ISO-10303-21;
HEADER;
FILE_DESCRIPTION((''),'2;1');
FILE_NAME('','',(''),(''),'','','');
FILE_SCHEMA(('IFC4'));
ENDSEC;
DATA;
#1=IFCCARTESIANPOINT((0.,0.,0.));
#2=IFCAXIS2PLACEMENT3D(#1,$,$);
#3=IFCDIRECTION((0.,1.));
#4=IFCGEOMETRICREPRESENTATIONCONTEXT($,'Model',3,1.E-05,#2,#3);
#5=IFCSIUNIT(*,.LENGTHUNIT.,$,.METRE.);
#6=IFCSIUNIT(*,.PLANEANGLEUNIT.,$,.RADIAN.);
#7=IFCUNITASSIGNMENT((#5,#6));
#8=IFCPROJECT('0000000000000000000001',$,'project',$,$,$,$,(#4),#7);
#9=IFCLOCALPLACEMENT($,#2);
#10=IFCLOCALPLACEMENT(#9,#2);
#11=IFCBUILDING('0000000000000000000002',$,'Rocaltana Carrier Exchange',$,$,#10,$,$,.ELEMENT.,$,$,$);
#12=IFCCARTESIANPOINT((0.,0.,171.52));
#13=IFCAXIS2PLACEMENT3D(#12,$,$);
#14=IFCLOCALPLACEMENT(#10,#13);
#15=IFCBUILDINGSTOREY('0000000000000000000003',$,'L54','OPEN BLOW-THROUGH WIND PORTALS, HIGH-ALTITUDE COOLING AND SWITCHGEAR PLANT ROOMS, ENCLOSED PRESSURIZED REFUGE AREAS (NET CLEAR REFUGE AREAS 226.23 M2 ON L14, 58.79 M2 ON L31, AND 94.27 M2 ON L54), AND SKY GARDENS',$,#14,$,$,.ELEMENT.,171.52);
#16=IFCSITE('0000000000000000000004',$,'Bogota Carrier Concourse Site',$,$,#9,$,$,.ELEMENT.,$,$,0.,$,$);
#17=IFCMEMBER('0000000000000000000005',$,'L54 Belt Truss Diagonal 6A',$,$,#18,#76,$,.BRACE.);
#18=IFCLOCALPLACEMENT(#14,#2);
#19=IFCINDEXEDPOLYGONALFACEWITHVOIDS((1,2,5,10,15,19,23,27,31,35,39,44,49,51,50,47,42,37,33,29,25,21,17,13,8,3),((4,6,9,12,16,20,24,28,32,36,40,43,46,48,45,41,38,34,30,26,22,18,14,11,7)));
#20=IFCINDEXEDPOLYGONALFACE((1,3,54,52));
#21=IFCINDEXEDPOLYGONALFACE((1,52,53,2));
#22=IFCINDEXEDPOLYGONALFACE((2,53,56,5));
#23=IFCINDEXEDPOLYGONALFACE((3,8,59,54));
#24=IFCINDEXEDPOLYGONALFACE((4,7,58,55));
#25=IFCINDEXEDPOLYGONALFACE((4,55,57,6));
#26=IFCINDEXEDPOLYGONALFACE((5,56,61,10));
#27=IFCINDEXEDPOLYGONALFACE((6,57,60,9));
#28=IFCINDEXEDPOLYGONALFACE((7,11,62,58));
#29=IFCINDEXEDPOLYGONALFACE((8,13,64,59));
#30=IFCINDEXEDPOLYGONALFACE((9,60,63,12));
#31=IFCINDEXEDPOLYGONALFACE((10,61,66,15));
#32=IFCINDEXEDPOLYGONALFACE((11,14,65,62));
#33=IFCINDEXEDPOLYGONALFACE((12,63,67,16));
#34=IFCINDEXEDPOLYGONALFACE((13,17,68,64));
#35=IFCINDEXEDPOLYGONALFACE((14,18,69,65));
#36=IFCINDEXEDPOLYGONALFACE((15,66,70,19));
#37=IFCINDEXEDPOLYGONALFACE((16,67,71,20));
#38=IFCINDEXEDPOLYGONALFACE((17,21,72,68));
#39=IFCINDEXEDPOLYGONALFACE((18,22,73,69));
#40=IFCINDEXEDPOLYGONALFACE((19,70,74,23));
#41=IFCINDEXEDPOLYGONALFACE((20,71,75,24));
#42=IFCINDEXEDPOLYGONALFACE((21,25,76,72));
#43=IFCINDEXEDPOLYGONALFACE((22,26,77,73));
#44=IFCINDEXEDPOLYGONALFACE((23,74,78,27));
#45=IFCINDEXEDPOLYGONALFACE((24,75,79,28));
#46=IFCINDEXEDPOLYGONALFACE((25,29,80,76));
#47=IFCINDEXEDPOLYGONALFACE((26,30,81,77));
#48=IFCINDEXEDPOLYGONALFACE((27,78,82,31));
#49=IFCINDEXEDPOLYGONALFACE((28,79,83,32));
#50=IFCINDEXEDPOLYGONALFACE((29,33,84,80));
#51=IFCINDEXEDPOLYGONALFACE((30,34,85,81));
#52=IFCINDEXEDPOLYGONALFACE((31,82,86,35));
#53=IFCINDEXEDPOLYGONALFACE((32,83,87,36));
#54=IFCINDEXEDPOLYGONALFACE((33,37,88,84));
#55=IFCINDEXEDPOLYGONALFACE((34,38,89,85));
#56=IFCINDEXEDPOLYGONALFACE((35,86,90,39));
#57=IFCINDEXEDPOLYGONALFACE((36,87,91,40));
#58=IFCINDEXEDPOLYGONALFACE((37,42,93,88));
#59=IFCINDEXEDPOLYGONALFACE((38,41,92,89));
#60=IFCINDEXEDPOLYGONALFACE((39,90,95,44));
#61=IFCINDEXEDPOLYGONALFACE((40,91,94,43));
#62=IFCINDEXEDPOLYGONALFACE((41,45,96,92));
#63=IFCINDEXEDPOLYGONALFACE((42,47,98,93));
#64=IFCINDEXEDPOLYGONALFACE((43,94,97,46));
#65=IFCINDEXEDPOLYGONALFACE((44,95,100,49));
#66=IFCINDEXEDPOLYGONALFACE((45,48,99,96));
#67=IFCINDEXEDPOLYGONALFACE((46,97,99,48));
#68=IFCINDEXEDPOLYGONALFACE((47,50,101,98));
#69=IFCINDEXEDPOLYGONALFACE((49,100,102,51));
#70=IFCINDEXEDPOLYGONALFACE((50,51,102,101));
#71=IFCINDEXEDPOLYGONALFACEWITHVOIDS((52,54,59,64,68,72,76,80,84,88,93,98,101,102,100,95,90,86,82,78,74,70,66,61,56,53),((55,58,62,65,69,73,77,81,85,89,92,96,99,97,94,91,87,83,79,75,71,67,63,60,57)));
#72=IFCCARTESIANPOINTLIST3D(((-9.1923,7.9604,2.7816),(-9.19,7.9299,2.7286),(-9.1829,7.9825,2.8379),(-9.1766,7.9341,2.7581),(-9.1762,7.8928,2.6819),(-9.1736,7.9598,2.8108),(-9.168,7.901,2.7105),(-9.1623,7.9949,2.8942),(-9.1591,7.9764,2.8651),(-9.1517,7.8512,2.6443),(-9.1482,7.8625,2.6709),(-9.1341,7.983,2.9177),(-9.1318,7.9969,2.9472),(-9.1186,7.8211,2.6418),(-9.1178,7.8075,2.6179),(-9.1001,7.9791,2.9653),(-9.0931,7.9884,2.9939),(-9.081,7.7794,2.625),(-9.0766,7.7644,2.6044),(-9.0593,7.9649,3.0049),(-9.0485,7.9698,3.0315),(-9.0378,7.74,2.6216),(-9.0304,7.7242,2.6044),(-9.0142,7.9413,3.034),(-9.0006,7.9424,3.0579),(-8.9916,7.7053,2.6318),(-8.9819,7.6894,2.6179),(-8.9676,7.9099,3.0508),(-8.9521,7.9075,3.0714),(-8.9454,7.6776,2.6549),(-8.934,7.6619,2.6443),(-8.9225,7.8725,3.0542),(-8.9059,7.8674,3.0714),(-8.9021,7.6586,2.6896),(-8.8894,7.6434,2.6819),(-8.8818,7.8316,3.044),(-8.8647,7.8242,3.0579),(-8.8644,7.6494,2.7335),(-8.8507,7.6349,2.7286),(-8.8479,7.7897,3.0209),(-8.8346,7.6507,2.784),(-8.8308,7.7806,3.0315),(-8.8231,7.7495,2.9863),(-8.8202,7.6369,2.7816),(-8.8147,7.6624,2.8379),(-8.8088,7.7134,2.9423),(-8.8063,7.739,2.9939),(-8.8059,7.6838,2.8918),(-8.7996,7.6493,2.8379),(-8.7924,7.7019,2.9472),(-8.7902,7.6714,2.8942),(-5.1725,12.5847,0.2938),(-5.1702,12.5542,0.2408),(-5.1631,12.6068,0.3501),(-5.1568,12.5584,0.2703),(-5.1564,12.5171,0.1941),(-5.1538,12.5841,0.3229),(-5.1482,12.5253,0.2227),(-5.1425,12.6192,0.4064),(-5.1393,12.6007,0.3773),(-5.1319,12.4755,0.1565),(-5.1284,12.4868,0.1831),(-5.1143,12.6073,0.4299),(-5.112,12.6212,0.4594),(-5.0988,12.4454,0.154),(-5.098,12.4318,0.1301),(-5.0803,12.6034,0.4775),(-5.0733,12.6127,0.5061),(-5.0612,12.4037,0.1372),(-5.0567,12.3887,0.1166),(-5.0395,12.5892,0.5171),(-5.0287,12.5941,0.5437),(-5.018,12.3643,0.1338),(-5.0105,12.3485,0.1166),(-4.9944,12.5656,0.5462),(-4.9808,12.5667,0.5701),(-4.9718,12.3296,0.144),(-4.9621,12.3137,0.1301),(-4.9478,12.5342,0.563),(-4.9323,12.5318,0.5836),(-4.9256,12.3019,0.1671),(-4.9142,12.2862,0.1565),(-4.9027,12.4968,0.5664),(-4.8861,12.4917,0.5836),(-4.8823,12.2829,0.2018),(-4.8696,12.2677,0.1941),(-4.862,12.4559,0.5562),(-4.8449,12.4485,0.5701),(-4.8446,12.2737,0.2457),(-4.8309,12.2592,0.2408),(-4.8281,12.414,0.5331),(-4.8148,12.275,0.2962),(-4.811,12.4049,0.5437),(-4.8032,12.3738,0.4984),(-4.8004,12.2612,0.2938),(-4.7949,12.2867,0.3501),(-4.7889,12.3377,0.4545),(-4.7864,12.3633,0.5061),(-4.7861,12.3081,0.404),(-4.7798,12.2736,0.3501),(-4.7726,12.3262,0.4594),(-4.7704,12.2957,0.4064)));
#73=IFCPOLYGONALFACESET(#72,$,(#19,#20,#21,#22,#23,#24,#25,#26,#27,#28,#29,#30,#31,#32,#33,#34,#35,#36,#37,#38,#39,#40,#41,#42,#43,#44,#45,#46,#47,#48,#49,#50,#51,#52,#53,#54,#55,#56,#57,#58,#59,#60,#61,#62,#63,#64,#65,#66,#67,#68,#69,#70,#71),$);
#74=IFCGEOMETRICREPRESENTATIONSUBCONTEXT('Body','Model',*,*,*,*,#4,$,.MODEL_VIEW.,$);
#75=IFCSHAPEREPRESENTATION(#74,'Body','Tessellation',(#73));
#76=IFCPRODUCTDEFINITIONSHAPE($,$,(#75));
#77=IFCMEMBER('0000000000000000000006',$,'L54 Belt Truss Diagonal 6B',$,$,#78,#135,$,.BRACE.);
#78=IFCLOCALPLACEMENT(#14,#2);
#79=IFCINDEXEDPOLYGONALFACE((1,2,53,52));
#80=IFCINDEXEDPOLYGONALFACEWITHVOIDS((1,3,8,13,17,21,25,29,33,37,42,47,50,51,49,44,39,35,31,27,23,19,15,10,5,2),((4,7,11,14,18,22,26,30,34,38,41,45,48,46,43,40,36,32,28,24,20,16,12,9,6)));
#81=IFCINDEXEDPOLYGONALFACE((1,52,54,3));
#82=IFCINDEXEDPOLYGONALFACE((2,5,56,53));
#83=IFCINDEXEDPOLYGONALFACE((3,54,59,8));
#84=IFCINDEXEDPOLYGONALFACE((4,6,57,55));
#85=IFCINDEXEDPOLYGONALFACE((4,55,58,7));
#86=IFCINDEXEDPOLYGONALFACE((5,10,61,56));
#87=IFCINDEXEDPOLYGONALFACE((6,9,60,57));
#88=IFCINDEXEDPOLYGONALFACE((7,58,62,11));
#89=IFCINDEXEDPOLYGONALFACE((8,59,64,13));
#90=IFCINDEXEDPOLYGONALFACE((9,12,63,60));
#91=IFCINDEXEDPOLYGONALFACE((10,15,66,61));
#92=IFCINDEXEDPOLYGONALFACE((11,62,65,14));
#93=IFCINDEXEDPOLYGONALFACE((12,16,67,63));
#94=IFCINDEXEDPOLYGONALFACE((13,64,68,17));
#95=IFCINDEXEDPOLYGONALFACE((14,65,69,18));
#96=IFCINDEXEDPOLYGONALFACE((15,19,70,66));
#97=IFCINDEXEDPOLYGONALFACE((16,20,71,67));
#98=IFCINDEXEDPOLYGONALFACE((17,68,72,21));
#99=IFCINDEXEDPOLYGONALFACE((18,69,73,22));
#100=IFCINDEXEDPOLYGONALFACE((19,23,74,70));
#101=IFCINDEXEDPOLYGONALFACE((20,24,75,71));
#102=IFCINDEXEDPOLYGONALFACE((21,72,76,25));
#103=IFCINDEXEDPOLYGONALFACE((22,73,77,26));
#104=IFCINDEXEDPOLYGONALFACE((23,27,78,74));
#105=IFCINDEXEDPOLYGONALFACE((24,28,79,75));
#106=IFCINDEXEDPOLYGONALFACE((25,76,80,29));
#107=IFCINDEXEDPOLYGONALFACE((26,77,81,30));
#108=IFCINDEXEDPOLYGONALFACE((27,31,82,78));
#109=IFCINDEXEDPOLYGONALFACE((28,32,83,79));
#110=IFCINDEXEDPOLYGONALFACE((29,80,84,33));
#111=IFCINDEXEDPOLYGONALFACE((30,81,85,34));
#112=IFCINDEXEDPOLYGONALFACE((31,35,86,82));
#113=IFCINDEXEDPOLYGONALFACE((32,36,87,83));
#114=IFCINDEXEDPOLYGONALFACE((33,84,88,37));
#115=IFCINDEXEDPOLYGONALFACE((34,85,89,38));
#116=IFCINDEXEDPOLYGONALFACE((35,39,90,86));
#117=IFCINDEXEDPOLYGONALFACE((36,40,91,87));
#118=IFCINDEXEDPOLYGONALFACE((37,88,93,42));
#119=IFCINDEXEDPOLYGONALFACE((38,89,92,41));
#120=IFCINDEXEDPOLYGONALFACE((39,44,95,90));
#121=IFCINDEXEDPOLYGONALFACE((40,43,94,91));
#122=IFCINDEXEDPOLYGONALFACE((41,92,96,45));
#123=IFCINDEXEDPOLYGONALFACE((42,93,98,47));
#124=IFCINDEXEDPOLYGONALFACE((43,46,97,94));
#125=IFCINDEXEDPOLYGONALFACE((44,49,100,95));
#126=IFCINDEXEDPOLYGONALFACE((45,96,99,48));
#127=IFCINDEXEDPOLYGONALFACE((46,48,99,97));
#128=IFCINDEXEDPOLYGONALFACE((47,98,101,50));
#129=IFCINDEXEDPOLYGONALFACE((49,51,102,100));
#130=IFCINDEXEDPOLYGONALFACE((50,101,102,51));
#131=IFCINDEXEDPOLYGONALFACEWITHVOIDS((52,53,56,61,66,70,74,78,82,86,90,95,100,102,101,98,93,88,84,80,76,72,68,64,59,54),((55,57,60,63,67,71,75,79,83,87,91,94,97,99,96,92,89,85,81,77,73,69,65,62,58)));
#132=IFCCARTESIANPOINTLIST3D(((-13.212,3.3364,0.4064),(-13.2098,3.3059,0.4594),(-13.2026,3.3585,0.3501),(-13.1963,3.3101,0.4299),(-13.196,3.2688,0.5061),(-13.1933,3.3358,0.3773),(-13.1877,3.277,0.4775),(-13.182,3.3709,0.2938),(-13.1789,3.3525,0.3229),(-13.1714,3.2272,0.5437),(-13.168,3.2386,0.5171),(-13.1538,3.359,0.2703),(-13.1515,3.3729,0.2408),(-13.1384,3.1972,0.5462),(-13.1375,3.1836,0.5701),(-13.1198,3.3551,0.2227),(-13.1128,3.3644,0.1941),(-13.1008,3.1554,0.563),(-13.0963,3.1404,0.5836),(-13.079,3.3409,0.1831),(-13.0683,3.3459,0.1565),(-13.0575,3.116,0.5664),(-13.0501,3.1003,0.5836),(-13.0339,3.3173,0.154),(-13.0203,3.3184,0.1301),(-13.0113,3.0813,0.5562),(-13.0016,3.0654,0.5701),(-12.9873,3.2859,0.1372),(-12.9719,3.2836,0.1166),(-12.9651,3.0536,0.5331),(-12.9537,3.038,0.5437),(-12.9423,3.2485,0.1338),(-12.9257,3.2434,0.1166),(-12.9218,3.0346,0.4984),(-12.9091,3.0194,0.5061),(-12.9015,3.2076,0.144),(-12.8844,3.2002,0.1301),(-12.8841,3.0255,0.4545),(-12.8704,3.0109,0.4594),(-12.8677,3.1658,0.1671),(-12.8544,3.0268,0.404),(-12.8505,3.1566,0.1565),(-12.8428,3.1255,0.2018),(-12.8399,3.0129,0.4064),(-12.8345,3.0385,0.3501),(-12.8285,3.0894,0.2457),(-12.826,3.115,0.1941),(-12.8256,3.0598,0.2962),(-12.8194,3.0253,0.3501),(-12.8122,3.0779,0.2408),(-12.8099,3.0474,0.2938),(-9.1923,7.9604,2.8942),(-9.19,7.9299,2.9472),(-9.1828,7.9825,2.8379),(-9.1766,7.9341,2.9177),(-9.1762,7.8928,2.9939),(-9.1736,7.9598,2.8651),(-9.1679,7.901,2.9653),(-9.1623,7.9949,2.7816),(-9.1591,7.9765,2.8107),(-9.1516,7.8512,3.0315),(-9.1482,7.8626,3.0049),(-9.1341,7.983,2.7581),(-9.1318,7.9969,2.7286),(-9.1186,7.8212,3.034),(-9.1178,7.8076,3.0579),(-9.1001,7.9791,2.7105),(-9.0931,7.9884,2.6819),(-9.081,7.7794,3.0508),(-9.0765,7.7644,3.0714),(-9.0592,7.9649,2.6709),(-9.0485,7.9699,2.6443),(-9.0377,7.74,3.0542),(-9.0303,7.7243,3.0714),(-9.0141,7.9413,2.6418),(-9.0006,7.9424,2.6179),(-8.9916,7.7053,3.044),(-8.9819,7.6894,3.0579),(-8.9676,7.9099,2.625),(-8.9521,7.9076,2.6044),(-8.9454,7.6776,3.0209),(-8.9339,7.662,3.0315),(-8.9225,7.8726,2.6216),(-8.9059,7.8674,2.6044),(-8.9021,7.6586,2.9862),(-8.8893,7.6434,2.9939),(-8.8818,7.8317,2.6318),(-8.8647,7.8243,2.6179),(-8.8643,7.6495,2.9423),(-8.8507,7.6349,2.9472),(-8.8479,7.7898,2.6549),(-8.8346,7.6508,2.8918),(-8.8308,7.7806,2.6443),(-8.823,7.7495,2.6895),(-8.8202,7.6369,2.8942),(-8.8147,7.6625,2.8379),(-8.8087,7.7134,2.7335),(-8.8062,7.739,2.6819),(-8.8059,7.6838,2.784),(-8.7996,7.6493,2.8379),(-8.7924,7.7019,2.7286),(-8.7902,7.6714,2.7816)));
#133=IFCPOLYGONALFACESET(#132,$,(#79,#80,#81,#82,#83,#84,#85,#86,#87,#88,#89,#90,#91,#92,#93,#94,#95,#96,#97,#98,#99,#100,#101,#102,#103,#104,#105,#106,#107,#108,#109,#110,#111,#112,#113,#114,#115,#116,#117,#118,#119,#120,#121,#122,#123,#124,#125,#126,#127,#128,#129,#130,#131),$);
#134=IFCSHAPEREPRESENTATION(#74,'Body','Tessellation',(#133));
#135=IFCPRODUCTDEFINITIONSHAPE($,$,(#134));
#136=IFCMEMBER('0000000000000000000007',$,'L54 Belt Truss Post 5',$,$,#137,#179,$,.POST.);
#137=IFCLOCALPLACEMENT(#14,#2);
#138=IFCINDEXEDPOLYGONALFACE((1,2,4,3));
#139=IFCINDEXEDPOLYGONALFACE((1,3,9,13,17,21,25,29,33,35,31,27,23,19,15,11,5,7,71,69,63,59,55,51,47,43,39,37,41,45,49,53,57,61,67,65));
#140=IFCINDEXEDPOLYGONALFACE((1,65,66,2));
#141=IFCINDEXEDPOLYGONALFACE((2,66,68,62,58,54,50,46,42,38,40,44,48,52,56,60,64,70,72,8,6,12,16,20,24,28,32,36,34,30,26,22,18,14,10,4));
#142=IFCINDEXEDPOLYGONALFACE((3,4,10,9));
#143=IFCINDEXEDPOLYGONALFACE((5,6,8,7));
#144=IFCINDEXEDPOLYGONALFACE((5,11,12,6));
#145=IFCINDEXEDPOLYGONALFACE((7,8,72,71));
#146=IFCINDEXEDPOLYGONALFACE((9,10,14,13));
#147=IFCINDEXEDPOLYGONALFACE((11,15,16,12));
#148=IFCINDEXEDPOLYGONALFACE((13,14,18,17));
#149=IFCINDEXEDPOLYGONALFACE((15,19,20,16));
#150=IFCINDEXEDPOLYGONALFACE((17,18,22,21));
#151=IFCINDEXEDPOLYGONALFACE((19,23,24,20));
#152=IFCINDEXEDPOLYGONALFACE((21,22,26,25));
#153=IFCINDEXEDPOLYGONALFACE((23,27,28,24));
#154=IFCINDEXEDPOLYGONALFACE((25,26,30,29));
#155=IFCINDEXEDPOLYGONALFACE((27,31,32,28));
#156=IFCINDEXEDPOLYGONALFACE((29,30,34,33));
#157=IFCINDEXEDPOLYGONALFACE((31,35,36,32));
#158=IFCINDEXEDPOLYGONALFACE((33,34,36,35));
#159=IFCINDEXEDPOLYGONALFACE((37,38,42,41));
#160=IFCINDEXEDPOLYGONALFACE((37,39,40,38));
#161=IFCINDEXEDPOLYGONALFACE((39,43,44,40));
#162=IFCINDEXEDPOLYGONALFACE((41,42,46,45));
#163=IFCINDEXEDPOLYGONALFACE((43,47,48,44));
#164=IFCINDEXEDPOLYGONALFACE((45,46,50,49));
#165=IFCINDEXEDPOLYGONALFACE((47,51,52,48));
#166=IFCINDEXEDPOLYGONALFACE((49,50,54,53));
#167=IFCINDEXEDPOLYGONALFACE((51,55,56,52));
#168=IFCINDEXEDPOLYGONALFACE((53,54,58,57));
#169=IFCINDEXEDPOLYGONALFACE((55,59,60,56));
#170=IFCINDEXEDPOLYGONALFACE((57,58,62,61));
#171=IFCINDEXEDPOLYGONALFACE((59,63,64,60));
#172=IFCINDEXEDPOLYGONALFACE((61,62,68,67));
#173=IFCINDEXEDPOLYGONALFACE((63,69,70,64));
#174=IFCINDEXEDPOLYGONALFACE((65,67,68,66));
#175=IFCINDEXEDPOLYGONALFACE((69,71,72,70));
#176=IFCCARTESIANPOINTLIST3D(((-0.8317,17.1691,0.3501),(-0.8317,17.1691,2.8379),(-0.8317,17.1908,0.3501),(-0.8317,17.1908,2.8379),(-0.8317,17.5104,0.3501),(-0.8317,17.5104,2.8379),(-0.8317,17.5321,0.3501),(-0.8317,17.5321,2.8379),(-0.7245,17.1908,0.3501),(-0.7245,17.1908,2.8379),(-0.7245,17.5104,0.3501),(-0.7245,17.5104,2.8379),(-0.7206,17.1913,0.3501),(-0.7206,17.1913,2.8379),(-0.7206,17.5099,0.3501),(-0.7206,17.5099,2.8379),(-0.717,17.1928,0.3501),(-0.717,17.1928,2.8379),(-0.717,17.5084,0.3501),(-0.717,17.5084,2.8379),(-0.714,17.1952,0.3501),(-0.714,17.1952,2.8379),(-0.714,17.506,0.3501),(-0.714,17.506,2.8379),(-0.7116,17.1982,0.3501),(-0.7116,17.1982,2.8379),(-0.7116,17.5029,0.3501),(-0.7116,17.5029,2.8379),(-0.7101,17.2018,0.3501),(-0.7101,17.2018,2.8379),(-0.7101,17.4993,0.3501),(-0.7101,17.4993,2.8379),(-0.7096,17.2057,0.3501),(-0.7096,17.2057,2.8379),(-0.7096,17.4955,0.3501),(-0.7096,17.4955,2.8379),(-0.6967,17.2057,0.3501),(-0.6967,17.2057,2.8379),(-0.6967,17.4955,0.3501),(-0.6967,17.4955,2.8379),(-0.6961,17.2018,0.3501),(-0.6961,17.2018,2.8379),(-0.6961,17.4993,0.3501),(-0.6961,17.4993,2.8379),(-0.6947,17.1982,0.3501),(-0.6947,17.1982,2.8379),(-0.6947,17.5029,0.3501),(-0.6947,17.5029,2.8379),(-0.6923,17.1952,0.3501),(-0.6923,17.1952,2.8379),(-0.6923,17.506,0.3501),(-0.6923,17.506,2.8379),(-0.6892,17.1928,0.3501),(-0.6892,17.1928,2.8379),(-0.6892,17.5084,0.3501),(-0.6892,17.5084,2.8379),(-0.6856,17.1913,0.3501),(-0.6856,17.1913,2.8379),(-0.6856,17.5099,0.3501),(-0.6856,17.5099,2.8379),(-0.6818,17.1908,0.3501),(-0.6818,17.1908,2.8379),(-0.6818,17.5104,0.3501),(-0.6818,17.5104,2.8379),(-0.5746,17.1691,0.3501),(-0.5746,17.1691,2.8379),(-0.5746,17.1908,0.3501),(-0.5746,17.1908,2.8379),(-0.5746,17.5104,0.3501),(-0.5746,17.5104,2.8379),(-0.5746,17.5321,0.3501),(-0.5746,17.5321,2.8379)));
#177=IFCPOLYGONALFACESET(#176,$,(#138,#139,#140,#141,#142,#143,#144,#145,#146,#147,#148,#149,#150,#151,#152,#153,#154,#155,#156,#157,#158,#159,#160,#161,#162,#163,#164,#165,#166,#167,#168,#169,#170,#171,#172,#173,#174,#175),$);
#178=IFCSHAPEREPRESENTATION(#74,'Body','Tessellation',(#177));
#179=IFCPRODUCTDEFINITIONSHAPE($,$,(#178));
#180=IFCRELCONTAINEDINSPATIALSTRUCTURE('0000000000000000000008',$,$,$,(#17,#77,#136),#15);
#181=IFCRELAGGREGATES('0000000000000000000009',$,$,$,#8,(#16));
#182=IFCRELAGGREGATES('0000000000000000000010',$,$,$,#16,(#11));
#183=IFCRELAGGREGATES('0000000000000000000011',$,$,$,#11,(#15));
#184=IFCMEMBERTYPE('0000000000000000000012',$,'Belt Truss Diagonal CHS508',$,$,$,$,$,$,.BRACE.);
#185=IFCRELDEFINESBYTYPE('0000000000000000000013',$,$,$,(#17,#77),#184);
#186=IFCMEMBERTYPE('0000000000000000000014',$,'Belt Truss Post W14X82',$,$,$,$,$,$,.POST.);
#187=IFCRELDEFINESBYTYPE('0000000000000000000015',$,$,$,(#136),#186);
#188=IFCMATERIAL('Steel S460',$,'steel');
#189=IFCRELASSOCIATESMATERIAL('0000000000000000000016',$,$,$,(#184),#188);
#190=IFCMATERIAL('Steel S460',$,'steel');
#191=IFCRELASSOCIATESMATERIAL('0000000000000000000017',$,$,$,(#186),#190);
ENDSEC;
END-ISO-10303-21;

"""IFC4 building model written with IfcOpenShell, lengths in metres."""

from ifc_helpers import new_model, si_unit, direction, frame, origin, origin_2d, place, context, subcontext, project, spatial, hollow_circle, i_section, extrude, material, material_profile, profile_set, type_object, element, save


model = new_model("IFC4")

# Units and contexts
model_context = context("Model", 3, precision=1e-05, world=origin(), true_north=direction((0.0, 1.0)))
body_context = subcontext(model_context, "Body", "Model", "MODEL_VIEW")
ifc_project = project(units=[si_unit("LENGTHUNIT", "METRE"), si_unit("PLANEANGLEUNIT", "RADIAN")], contexts=[model_context])

# Site, building, storey
site_placement = place(None, origin())
site = spatial("IfcSite", under=ifc_project, at=site_placement, Name="Bogota Carrier Concourse Site", CompositionType="ELEMENT", RefElevation=0.0)
building_placement = place(site_placement, origin())
building = spatial("IfcBuilding", under=site, at=building_placement, Name="Rocaltana Carrier Exchange", CompositionType="ELEMENT")
storey_placement = place(building_placement, frame((0.0, 0.0, 171.52)))
storey = spatial("IfcBuildingStorey", under=building, at=storey_placement, Name="L54", Description="OPEN BLOW-THROUGH WIND PORTALS, HIGH-ALTITUDE COOLING AND SWITCHGEAR PLANT ROOMS, ENCLOSED PRESSURIZED REFUGE AREAS (NET CLEAR REFUGE AREAS 226.23 M2 ON L14, 58.79 M2 ON L31, AND 94.27 M2 ON L54), AND SKY GARDENS", CompositionType="ELEMENT", Elevation=171.52)

# Members
ifc_material_1 = material(Name="Steel S460", Category="steel")
ifc_material_profile_1 = material_profile(ifc_material_1, hollow_circle(Radius=0.2539, WallThickness=0.02, at=origin_2d()), Name="CHS508X20")
ifc_profile_set_1 = profile_set([ifc_material_profile_1], Name="Steel S460")
member_type_1 = type_object("IfcMemberType", Name="Belt Truss Diagonal CHS508", PredefinedType="BRACE", material=ifc_profile_set_1)
for number, where, z_axis, x_axis, name in (
    (1, (-4.9714, 12.4402, 0.3501), (-0.607861, -0.699271, 0.376198), (0.754713, -0.656055, 0.0), "L54 Belt Truss Diagonal 6A"),
):
    element("IfcMember", number, at=place(storey_placement, frame(where, z_axis=z_axis, x_axis=x_axis)), inside=storey, type_object=member_type_1, Name=name, PredefinedType="BRACE", context=body_context, shape_type="SweptSolid", body=[
        extrude(hollow_circle(Radius=0.2539, WallThickness=0.02, at=origin_2d()), origin(), (0.0, 0.0, 1.0), 6.613),
    ])
member_1_placement = place(storey_placement, frame((-8.9912, 7.8159, 2.8379), z_axis=(-0.607877, -0.699252, -0.376208), x_axis=(0.754696, -0.656075, 0.0)))
element("IfcMember", 2, at=member_1_placement, inside=storey, type_object=member_type_1, Name="L54 Belt Truss Diagonal 6B", PredefinedType="BRACE", context=body_context, shape_type="SweptSolid", body=[
    extrude(hollow_circle(Radius=0.2539, WallThickness=0.02, at=origin_2d()), origin(), (0.0, 0.0, 1.0), 6.6128),
])
ifc_material_2 = material(Name="Steel S460", Category="steel")
ifc_material_profile_2 = material_profile(ifc_material_2, i_section(OverallWidth=0.2571, OverallDepth=0.363, WebThickness=0.0129, FlangeThickness=0.0217, FilletRadius=0.0149, at=origin_2d()), Name="W14X82")
ifc_profile_set_2 = profile_set([ifc_material_profile_2], Name="Steel S460")
member_type_2 = type_object("IfcMemberType", Name="Belt Truss Post W14X82", PredefinedType="POST", material=ifc_profile_set_2)
for number, where, z_axis, x_axis, name in (
    (3, (-0.7031, 17.3506, 0.3501), (0.0, 0.0, 1.0), (1.0, 0.0, 0.0), "L54 Belt Truss Post 5"),
):
    element("IfcMember", number, at=place(storey_placement, frame(where, z_axis=z_axis, x_axis=x_axis)), inside=storey, type_object=member_type_2, Name=name, PredefinedType="POST", context=body_context, shape_type="SweptSolid", body=[
        extrude(i_section(OverallWidth=0.2571, OverallDepth=0.363, WebThickness=0.0129, FlangeThickness=0.0217, FilletRadius=0.0149, at=origin_2d()), origin(), (0.0, 0.0, 1.0), 2.4878),
    ])

save(model, "model.ifc")
